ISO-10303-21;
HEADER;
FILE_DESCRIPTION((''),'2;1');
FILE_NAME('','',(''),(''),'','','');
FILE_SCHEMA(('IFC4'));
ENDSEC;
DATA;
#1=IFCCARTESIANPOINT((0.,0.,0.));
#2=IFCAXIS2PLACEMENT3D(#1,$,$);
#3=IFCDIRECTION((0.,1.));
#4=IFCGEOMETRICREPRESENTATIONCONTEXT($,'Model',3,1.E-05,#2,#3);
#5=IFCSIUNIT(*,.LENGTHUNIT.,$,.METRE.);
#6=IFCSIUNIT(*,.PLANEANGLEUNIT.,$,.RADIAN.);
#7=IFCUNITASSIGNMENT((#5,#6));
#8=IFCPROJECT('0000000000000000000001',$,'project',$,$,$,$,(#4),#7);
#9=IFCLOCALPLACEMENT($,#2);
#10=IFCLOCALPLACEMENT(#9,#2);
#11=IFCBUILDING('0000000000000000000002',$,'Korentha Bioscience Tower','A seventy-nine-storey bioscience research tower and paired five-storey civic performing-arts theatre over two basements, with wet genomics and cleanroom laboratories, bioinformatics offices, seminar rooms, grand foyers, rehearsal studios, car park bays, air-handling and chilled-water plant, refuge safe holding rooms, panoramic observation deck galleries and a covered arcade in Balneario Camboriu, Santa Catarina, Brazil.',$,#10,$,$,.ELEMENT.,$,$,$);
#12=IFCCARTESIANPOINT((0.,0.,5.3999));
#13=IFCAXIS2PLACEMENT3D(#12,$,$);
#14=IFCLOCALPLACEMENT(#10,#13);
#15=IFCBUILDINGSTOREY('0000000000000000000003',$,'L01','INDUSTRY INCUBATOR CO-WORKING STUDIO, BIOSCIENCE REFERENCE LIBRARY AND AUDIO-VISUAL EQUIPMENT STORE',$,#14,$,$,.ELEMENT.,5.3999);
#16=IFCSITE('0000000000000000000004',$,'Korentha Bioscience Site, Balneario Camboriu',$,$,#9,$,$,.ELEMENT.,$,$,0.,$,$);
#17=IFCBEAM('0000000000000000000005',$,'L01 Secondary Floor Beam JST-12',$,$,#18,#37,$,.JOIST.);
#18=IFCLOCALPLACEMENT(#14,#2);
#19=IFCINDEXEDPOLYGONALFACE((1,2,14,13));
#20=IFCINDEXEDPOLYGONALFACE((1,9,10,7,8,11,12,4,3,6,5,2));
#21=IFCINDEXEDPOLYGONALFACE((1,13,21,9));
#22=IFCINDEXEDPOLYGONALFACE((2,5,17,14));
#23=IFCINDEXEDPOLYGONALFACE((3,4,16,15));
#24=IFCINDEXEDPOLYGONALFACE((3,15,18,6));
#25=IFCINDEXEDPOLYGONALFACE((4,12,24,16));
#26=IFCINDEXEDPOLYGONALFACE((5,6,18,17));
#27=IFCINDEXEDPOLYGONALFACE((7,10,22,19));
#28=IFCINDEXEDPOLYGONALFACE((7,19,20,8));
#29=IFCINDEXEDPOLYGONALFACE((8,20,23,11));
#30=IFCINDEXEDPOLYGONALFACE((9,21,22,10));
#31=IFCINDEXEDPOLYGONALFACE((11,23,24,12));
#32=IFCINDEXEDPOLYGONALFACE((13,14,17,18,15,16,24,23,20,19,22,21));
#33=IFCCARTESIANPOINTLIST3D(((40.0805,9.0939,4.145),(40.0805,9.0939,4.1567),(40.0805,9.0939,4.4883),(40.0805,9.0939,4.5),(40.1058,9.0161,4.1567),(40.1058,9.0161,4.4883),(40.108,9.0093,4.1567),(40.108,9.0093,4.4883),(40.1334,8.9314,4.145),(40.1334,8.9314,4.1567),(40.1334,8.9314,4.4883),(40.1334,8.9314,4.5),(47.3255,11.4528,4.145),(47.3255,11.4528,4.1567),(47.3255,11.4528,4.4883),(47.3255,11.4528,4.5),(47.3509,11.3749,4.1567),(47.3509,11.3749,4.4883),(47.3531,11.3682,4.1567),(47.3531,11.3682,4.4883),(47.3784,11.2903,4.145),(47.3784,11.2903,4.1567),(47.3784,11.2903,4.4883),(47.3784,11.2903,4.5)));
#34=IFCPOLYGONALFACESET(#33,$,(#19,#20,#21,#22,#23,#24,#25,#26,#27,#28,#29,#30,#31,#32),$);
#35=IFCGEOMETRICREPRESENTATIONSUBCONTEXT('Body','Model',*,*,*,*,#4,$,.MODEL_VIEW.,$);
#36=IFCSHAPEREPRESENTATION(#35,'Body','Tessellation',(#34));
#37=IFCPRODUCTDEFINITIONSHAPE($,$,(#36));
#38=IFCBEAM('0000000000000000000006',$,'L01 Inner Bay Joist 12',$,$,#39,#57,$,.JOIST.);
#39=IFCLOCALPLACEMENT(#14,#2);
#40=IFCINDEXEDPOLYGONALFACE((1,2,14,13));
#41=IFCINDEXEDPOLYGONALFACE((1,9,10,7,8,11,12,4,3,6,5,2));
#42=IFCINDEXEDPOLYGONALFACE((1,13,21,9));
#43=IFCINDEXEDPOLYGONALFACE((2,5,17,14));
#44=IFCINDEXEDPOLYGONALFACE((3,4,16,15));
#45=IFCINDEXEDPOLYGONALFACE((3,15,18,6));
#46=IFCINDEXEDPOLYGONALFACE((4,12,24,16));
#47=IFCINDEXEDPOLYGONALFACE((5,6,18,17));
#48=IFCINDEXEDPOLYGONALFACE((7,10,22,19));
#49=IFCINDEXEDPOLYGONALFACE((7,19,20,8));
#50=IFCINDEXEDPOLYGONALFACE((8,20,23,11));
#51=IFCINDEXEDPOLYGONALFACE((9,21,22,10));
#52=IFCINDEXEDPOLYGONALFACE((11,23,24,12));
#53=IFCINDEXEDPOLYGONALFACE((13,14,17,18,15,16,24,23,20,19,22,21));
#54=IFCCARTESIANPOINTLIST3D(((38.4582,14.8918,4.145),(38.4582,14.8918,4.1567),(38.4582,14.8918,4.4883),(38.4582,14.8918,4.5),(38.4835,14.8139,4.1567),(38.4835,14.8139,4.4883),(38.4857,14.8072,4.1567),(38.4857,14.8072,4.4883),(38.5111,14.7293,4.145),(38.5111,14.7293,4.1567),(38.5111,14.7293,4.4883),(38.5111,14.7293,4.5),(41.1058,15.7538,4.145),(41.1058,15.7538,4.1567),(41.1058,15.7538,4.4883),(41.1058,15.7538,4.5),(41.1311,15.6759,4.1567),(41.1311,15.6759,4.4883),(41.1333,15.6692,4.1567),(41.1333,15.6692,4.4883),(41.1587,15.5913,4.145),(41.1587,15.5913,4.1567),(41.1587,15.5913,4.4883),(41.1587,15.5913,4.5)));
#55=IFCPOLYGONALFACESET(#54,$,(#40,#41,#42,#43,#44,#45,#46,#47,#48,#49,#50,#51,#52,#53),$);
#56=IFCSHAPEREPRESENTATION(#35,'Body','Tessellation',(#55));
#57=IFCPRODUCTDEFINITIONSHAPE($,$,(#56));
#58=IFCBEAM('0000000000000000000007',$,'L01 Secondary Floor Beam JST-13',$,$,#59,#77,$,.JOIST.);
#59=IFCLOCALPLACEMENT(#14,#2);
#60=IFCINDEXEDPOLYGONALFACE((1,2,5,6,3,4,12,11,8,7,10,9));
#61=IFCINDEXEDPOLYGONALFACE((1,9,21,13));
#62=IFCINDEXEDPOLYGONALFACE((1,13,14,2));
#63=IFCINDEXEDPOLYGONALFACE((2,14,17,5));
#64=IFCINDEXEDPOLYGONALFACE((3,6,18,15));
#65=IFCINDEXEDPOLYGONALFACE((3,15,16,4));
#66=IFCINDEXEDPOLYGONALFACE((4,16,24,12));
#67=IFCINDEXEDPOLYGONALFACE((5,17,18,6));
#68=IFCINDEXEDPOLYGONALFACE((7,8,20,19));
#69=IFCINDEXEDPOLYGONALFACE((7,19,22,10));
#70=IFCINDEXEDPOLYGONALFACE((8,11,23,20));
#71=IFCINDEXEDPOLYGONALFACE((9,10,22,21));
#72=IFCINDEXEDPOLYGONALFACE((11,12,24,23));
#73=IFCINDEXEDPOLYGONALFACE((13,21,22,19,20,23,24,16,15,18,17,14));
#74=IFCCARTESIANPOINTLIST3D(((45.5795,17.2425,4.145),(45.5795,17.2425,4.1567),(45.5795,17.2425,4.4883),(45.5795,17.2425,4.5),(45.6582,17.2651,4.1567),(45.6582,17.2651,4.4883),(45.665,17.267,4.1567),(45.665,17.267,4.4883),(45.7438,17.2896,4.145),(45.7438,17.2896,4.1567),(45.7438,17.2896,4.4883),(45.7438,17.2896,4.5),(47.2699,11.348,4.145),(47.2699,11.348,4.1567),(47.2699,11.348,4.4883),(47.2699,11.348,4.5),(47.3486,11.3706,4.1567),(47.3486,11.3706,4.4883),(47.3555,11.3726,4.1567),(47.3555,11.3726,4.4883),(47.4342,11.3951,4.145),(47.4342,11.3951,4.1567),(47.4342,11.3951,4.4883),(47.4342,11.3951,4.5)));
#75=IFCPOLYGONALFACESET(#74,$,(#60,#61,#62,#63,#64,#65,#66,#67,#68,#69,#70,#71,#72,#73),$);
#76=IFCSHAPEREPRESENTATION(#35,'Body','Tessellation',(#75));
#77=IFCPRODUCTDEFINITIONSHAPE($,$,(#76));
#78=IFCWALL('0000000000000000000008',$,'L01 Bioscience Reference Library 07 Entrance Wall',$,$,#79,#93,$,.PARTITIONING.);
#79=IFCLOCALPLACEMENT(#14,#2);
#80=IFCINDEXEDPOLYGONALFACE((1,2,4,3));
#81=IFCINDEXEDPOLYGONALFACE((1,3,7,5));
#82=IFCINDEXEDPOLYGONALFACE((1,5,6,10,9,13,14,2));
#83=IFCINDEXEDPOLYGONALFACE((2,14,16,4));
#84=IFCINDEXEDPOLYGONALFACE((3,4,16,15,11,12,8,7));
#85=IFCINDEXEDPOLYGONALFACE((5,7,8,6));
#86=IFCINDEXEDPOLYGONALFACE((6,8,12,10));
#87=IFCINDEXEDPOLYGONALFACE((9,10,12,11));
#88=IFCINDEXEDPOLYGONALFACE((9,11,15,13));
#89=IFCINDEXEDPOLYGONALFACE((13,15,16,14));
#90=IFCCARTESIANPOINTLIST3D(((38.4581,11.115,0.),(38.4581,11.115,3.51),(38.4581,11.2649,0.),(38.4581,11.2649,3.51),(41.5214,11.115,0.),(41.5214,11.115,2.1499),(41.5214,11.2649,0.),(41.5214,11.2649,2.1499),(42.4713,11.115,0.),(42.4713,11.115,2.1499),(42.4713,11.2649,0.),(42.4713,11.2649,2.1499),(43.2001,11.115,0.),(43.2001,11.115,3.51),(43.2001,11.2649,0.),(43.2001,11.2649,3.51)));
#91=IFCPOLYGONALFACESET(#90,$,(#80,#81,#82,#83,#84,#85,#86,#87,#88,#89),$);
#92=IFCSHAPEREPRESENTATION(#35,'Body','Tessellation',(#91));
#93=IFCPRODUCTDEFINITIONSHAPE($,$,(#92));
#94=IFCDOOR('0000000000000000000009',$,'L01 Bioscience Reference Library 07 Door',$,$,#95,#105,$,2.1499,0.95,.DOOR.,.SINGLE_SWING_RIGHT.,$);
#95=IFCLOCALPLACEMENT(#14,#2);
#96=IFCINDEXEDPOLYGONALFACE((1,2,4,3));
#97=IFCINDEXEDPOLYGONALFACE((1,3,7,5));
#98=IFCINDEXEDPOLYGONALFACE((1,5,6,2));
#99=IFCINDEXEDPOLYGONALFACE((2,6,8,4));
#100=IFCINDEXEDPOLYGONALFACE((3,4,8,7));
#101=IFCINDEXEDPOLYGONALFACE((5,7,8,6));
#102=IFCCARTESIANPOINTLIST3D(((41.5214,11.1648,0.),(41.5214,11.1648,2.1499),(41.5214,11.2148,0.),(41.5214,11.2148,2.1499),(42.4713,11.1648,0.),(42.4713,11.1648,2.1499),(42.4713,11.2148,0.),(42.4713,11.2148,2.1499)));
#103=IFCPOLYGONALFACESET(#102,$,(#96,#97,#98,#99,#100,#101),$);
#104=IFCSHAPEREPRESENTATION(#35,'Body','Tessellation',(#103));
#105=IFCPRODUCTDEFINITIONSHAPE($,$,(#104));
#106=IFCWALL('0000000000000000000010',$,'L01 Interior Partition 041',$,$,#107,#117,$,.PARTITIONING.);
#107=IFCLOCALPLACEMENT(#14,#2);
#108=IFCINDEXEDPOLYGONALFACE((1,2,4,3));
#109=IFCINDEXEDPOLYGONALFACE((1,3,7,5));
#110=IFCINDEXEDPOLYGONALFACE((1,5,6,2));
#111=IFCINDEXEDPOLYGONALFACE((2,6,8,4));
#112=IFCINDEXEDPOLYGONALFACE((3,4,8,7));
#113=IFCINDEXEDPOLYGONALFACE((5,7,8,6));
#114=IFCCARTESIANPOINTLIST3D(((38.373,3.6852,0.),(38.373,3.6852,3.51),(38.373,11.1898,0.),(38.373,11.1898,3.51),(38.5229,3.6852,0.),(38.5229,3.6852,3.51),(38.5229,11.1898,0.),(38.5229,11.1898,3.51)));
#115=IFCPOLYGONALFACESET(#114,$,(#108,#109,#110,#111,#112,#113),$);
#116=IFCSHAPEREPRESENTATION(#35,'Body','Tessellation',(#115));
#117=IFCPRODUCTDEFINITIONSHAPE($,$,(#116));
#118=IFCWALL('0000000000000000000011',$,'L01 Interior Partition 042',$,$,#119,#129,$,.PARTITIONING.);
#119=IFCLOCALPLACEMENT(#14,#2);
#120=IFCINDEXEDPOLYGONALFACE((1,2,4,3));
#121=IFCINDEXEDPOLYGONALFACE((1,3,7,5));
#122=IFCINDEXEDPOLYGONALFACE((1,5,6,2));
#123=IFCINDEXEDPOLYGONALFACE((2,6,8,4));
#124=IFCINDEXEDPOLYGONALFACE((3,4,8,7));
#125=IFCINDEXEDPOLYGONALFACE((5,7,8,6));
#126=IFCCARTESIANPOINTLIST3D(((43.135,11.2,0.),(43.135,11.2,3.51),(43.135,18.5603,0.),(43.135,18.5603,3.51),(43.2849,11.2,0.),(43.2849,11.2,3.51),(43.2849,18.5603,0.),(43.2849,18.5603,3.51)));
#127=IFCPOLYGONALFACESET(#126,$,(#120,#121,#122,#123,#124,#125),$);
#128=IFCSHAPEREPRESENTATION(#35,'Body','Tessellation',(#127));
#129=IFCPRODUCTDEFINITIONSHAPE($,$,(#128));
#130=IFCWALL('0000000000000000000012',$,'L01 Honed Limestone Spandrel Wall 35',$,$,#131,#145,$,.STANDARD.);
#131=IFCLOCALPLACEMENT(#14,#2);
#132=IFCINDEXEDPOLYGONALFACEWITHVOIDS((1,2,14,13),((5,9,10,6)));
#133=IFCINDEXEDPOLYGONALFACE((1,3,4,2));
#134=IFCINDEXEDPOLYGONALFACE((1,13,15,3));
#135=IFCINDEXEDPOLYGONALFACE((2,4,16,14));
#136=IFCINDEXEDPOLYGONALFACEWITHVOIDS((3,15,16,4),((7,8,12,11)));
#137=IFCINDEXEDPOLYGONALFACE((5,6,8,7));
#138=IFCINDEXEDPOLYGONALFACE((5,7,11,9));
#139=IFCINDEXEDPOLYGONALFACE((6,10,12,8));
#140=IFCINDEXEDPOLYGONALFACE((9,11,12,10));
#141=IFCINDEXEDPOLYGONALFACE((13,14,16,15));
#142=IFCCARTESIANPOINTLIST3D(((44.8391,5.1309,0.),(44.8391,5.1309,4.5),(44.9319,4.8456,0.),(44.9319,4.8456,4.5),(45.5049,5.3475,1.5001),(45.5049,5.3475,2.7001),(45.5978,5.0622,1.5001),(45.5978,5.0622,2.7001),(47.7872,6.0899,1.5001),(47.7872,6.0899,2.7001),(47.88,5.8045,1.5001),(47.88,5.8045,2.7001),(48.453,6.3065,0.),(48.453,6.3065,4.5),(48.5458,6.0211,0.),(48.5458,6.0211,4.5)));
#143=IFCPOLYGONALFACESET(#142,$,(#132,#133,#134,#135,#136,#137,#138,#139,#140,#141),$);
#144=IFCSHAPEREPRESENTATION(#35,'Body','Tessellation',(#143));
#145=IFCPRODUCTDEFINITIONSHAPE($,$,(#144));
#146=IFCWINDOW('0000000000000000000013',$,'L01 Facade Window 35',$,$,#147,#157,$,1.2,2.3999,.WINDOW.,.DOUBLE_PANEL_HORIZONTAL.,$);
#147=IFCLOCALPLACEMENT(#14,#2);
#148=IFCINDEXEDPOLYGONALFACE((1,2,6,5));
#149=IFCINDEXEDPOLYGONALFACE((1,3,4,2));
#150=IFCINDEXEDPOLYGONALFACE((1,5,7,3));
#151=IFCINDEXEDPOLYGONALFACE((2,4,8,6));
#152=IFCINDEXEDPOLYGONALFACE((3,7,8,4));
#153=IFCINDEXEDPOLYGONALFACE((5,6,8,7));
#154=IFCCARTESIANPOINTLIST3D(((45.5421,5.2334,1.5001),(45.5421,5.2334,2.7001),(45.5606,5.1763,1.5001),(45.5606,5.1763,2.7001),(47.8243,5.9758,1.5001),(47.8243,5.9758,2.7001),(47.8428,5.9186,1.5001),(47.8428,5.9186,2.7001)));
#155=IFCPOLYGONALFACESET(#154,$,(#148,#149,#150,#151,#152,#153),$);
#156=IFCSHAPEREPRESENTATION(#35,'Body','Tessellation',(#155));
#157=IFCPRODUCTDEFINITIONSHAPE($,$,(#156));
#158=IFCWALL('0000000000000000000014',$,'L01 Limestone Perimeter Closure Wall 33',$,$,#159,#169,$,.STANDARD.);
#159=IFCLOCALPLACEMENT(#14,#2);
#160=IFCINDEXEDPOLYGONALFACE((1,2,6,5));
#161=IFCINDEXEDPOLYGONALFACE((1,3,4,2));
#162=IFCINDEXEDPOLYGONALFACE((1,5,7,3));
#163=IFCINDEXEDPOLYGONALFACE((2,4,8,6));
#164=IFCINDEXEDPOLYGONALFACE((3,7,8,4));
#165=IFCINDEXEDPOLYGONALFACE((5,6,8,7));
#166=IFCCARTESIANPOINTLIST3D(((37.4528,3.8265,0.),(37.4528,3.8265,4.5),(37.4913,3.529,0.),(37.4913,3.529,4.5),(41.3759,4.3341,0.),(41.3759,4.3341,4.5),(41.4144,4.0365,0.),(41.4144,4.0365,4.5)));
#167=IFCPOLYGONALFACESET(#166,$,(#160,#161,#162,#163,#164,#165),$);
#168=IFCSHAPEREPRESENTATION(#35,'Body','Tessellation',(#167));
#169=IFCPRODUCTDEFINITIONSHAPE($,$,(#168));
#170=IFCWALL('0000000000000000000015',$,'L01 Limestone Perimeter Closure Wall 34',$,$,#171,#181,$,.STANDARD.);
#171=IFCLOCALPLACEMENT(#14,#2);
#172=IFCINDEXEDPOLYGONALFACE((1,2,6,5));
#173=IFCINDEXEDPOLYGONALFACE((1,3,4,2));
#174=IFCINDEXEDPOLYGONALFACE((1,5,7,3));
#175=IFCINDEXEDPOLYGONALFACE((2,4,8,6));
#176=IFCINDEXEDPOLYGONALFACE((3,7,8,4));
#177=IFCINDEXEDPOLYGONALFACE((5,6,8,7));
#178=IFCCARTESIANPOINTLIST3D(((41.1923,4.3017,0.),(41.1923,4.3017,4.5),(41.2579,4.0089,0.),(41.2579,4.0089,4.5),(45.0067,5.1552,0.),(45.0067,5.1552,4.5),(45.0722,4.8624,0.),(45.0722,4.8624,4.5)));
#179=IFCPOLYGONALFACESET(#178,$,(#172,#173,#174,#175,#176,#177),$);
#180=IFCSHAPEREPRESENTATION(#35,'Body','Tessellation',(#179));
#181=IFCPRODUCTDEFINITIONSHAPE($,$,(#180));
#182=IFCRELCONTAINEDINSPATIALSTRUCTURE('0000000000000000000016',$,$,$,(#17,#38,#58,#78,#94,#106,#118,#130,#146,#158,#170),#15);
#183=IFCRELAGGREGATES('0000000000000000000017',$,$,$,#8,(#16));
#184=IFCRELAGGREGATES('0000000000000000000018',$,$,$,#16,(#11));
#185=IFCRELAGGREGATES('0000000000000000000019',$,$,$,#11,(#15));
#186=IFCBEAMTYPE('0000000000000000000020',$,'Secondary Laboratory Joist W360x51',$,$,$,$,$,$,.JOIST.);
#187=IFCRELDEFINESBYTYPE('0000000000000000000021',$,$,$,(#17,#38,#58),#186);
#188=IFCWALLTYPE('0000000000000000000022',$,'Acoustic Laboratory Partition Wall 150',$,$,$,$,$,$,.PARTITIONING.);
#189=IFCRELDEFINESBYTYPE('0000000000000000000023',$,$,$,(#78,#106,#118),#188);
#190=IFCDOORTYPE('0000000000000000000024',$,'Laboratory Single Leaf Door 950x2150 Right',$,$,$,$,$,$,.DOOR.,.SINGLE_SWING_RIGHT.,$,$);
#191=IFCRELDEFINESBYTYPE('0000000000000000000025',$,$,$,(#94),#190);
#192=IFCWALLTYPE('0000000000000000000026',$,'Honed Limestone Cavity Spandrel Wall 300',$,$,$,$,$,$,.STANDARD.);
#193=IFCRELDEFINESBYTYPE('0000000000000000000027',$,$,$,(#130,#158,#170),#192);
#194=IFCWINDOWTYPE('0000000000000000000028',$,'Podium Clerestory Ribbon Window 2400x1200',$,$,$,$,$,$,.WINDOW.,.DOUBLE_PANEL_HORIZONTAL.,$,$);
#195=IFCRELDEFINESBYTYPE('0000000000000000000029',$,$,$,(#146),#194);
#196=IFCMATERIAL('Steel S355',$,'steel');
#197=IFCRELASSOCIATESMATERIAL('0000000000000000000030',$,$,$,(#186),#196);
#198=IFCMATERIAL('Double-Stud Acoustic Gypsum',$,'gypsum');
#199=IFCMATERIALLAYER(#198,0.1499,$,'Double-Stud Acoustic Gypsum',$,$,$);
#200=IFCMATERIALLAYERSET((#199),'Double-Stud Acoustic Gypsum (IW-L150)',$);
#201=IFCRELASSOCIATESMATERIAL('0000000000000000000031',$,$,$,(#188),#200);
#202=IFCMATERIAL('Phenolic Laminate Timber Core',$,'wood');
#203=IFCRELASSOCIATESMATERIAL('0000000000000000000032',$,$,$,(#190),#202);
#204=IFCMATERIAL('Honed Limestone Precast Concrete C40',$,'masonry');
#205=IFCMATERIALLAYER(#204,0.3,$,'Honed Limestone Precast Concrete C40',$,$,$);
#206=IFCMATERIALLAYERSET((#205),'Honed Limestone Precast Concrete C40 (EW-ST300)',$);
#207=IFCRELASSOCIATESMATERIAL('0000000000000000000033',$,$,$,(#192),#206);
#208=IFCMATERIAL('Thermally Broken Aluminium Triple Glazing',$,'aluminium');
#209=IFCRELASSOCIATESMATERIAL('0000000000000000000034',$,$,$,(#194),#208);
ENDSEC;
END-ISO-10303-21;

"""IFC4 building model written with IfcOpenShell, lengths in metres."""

from ifc_helpers import new_model, si_unit, direction, frame, frame_2d, origin, origin_2d, place, context, subcontext, project, spatial, rectangle, i_section, extrude, material, layer, layer_set, material_profile, profile_set, type_object, element, fill, save


model = new_model("IFC4")

# Units and contexts
model_context = context("Model", 3, precision=1e-05, world=origin(), true_north=direction((0.0, 1.0)))
body_context = subcontext(model_context, "Body", "Model", "MODEL_VIEW")
ifc_project = project(units=[si_unit("LENGTHUNIT", "METRE"), si_unit("PLANEANGLEUNIT", "RADIAN")], contexts=[model_context])

# Site, building, storey
site_placement = place(None, origin())
site = spatial("IfcSite", under=ifc_project, at=site_placement, Name="Korentha Bioscience Site, Balneario Camboriu", CompositionType="ELEMENT", RefElevation=0.0)
building_placement = place(site_placement, origin())
building = spatial("IfcBuilding", under=site, at=building_placement, Name="Korentha Bioscience Tower", Description="A seventy-nine-storey bioscience research tower and paired five-storey civic performing-arts theatre over two basements, with wet genomics and cleanroom laboratories, bioinformatics offices, seminar rooms, grand foyers, rehearsal studios, car park bays, air-handling and chilled-water plant, refuge safe holding rooms, panoramic observation deck galleries and a covered arcade in Balneario Camboriu, Santa Catarina, Brazil.", CompositionType="ELEMENT")
storey_placement = place(building_placement, frame((0.0, 0.0, 5.3999)))
storey = spatial("IfcBuildingStorey", under=building, at=storey_placement, Name="L01", Description="INDUSTRY INCUBATOR CO-WORKING STUDIO, BIOSCIENCE REFERENCE LIBRARY AND AUDIO-VISUAL EQUIPMENT STORE", CompositionType="ELEMENT", Elevation=5.3999)

# Beams
ifc_material_1 = material(Name="Steel S355", Category="steel")
ifc_material_profile_1 = material_profile(ifc_material_1, i_section(OverallWidth=0.1709, OverallDepth=0.355, WebThickness=0.0071, FlangeThickness=0.0117, at=origin_2d()), Name="Steel S355")
ifc_profile_set_1 = profile_set([ifc_material_profile_1], Name="Steel S355 (JB-360)")
beam_type_1 = type_object("IfcBeamType", Name="Secondary Laboratory Joist W360x51", PredefinedType="JOIST", material=ifc_profile_set_1)
beam_1_placement = place(storey_placement, frame((40.1069, 9.0127, 4.3225), z_axis=(0.950871, 0.309587, 0.0), x_axis=(-0.309587, 0.950871, 0.0)))
element("IfcBeam", 1, at=beam_1_placement, inside=storey, type_object=beam_type_1, Name="L01 Secondary Floor Beam JST-12", PredefinedType="JOIST", context=body_context, shape_type="SweptSolid", body=[
    extrude(i_section(OverallWidth=0.1709, OverallDepth=0.355, WebThickness=0.0071, FlangeThickness=0.0117, at=origin_2d()), origin(), (0.0, 0.0, 1.0), 7.6194),
])
beam_2_placement = place(storey_placement, frame((38.4846, 14.8105, 4.3225), z_axis=(0.95087, 0.309592, 0.0), x_axis=(-0.309592, 0.95087, 0.0)))
element("IfcBeam", 2, at=beam_2_placement, inside=storey, type_object=beam_type_1, Name="L01 Inner Bay Joist 12", PredefinedType="JOIST", context=body_context, shape_type="SweptSolid", body=[
    extrude(i_section(OverallWidth=0.1709, OverallDepth=0.355, WebThickness=0.0071, FlangeThickness=0.0117, at=origin_2d()), origin(), (0.0, 0.0, 1.0), 2.7844),
])
beam_3_placement = place(storey_placement, frame((47.3521, 11.3716, 4.3225), z_axis=(-0.275668, 0.961253, 0.0), x_axis=(-0.961253, -0.275668, 0.0)))
element("IfcBeam", 3, at=beam_3_placement, inside=storey, type_object=beam_type_1, Name="L01 Secondary Floor Beam JST-13", PredefinedType="JOIST", context=body_context, shape_type="SweptSolid", body=[
    extrude(i_section(OverallWidth=0.1709, OverallDepth=0.355, WebThickness=0.0071, FlangeThickness=0.0117, at=origin_2d()), origin(), (0.0, 0.0, 1.0), 6.1321),
])

# Wall, opening, door
ifc_material_2 = material(Name="Double-Stud Acoustic Gypsum", Category="gypsum")
ifc_layer_1 = layer(ifc_material_2, 0.1499, Name="Double-Stud Acoustic Gypsum")
ifc_layer_set_1 = layer_set([ifc_layer_1], Name="Double-Stud Acoustic Gypsum (IW-L150)")
wall_type_1 = type_object("IfcWallType", Name="Acoustic Laboratory Partition Wall 150", PredefinedType="PARTITIONING", material=ifc_layer_set_1)
wall_1_placement = place(storey_placement, frame((38.458, 11.1899, 0.0), z_axis=(0.0, 0.0, 1.0), x_axis=(1.0, 0.0, 0.0)))
wall_1 = element("IfcWall", 4, at=wall_1_placement, inside=storey, type_object=wall_type_1, Name="L01 Bioscience Reference Library 07 Entrance Wall", PredefinedType="PARTITIONING", context=body_context, shape_type="SweptSolid", body=[
    extrude(rectangle(XDim=4.7419, YDim=0.1499, at=frame_2d((2.3711, 0.0))), origin(), (0.0, 0.0, 1.0), 3.51),
])
opening_1_placement = place(wall_1_placement, frame((3.0632, 0.0, 0.0)))
opening_1 = element("IfcOpeningElement", 5, at=opening_1_placement, cuts=wall_1, PredefinedType="OPENING", context=body_context, shape_type="SweptSolid", body=[
    extrude(rectangle(XDim=0.95, YDim=2.1499, at=frame_2d((0.4751, 1.075))), frame((0.0, 0.0898, 0.0), z_axis=(0.0, -1.0, 0.0), x_axis=(1.0, 0.0, 0.0)), (0.0, 0.0, 1.0), 0.1797),
])
ifc_material_3 = material(Name="Phenolic Laminate Timber Core", Category="wood")
door_type = type_object("IfcDoorType", Name="Laboratory Single Leaf Door 950x2150 Right", OperationType="SINGLE_SWING_RIGHT", PredefinedType="DOOR", material=ifc_material_3)
door_placement = place(opening_1_placement, origin())
door = element("IfcDoor", 6, at=door_placement, inside=storey, type_object=door_type, Name="L01 Bioscience Reference Library 07 Door", OperationType="SINGLE_SWING_RIGHT", OverallHeight=2.1499, OverallWidth=0.95, PredefinedType="DOOR", context=body_context, shape_type="SweptSolid", body=[
    extrude(rectangle(XDim=0.95, YDim=2.1499, at=frame_2d((0.4751, 1.075))), frame((0.0, 0.0249, 0.0), z_axis=(0.0, -1.0, 0.0), x_axis=(1.0, 0.0, 0.0)), (0.0, 0.0, 1.0), 0.05),
])
fill(opening_1, door)

# Walls
wall_2_placement = place(storey_placement, frame((38.448, 11.1899, 0.0), z_axis=(0.0, 0.0, 1.0), x_axis=(0.0, -1.0, 0.0)))
element("IfcWall", 7, at=wall_2_placement, inside=storey, type_object=wall_type_1, Name="L01 Interior Partition 041", PredefinedType="PARTITIONING", context=body_context, shape_type="SweptSolid", body=[
    extrude(rectangle(XDim=7.5046, YDim=0.1499, at=frame_2d((3.7524, 0.0))), origin(), (0.0, 0.0, 1.0), 3.51),
])
wall_3_placement = place(storey_placement, frame((43.21, 11.2, 0.0), z_axis=(0.0, 0.0, 1.0), x_axis=(0.0, 1.0, 0.0)))
element("IfcWall", 8, at=wall_3_placement, inside=storey, type_object=wall_type_1, Name="L01 Interior Partition 042", PredefinedType="PARTITIONING", context=body_context, shape_type="SweptSolid", body=[
    extrude(rectangle(XDim=7.3604, YDim=0.1499, at=frame_2d((3.6802, 0.0))), origin(), (0.0, 0.0, 1.0), 3.51),
])

# Wall, opening, window
ifc_material_4 = material(Name="Honed Limestone Precast Concrete C40", Category="masonry")
ifc_layer_2 = layer(ifc_material_4, 0.3, Name="Honed Limestone Precast Concrete C40")
ifc_layer_set_2 = layer_set([ifc_layer_2], Name="Honed Limestone Precast Concrete C40 (EW-ST300)")
wall_type_2 = type_object("IfcWallType", Name="Honed Limestone Cavity Spandrel Wall 300", PredefinedType="STANDARD", material=ifc_layer_set_2)
wall_4_placement = place(storey_placement, frame((44.8855, 4.9883, 0.0), z_axis=(0.0, 0.0, 1.0), x_axis=(0.950958, 0.30932, 0.0)))
wall_4 = element("IfcWall", 9, at=wall_4_placement, inside=storey, type_object=wall_type_2, Name="L01 Honed Limestone Spandrel Wall 35", PredefinedType="STANDARD", context=body_context, shape_type="SweptSolid", body=[
    extrude(rectangle(XDim=3.8003, YDim=0.3, at=frame_2d((1.9001, 0.0))), origin(), (0.0, 0.0, 1.0), 4.5),
])
opening_2_placement = place(wall_4_placement, frame((0.7002, 0.0, 1.5)))
opening_2 = element("IfcOpeningElement", 10, at=opening_2_placement, cuts=wall_4, PredefinedType="OPENING", context=body_context, shape_type="SweptSolid", body=[
    extrude(rectangle(XDim=2.3999, YDim=1.2, at=frame_2d((1.2, 0.6001))), frame((0.0, 0.165, 0.0), z_axis=(0.0, -1.0, 0.0), x_axis=(1.0, 0.0, 0.0)), (0.0, 0.0, 1.0), 0.3298),
])
ifc_material_5 = material(Name="Thermally Broken Aluminium Triple Glazing", Category="aluminium")
window_type = type_object("IfcWindowType", Name="Podium Clerestory Ribbon Window 2400x1200", PartitioningType="DOUBLE_PANEL_HORIZONTAL", PredefinedType="WINDOW", material=ifc_material_5)
window_placement = place(opening_2_placement, origin())
window = element("IfcWindow", 11, at=window_placement, inside=storey, type_object=window_type, Name="L01 Facade Window 35", OverallHeight=1.2, OverallWidth=2.3999, PartitioningType="DOUBLE_PANEL_HORIZONTAL", PredefinedType="WINDOW", context=body_context, shape_type="SweptSolid", body=[
    extrude(rectangle(XDim=2.3999, YDim=1.2, at=frame_2d((1.2, 0.6001))), frame((0.0, 0.03, 0.0), z_axis=(0.0, -1.0, 0.0), x_axis=(1.0, 0.0, 0.0)), (0.0, 0.0, 1.0), 0.0601),
])
fill(opening_2, window)

# Walls
wall_5_placement = place(storey_placement, frame((37.4719, 3.6777, 0.0), z_axis=(0.0, 0.0, 1.0), x_axis=(0.991734, 0.12831, 0.0)))
element("IfcWall", 12, at=wall_5_placement, inside=storey, type_object=wall_type_2, Name="L01 Limestone Perimeter Closure Wall 33", PredefinedType="STANDARD", context=body_context, shape_type="SweptSolid", body=[
    extrude(rectangle(XDim=3.9558, YDim=0.3, at=frame_2d((1.978, 0.0))), origin(), (0.0, 0.0, 1.0), 4.5),
])
wall_6_placement = place(storey_placement, frame((41.2251, 4.1553, 0.0), z_axis=(0.0, 0.0, 1.0), x_axis=(0.975869, 0.218359, 0.0)))
element("IfcWall", 13, at=wall_6_placement, inside=storey, type_object=wall_type_2, Name="L01 Limestone Perimeter Closure Wall 34", PredefinedType="STANDARD", context=body_context, shape_type="SweptSolid", body=[
    extrude(rectangle(XDim=3.9087, YDim=0.3, at=frame_2d((1.9543, 0.0))), origin(), (0.0, 0.0, 1.0), 4.5),
])

save(model, "model.ifc")
